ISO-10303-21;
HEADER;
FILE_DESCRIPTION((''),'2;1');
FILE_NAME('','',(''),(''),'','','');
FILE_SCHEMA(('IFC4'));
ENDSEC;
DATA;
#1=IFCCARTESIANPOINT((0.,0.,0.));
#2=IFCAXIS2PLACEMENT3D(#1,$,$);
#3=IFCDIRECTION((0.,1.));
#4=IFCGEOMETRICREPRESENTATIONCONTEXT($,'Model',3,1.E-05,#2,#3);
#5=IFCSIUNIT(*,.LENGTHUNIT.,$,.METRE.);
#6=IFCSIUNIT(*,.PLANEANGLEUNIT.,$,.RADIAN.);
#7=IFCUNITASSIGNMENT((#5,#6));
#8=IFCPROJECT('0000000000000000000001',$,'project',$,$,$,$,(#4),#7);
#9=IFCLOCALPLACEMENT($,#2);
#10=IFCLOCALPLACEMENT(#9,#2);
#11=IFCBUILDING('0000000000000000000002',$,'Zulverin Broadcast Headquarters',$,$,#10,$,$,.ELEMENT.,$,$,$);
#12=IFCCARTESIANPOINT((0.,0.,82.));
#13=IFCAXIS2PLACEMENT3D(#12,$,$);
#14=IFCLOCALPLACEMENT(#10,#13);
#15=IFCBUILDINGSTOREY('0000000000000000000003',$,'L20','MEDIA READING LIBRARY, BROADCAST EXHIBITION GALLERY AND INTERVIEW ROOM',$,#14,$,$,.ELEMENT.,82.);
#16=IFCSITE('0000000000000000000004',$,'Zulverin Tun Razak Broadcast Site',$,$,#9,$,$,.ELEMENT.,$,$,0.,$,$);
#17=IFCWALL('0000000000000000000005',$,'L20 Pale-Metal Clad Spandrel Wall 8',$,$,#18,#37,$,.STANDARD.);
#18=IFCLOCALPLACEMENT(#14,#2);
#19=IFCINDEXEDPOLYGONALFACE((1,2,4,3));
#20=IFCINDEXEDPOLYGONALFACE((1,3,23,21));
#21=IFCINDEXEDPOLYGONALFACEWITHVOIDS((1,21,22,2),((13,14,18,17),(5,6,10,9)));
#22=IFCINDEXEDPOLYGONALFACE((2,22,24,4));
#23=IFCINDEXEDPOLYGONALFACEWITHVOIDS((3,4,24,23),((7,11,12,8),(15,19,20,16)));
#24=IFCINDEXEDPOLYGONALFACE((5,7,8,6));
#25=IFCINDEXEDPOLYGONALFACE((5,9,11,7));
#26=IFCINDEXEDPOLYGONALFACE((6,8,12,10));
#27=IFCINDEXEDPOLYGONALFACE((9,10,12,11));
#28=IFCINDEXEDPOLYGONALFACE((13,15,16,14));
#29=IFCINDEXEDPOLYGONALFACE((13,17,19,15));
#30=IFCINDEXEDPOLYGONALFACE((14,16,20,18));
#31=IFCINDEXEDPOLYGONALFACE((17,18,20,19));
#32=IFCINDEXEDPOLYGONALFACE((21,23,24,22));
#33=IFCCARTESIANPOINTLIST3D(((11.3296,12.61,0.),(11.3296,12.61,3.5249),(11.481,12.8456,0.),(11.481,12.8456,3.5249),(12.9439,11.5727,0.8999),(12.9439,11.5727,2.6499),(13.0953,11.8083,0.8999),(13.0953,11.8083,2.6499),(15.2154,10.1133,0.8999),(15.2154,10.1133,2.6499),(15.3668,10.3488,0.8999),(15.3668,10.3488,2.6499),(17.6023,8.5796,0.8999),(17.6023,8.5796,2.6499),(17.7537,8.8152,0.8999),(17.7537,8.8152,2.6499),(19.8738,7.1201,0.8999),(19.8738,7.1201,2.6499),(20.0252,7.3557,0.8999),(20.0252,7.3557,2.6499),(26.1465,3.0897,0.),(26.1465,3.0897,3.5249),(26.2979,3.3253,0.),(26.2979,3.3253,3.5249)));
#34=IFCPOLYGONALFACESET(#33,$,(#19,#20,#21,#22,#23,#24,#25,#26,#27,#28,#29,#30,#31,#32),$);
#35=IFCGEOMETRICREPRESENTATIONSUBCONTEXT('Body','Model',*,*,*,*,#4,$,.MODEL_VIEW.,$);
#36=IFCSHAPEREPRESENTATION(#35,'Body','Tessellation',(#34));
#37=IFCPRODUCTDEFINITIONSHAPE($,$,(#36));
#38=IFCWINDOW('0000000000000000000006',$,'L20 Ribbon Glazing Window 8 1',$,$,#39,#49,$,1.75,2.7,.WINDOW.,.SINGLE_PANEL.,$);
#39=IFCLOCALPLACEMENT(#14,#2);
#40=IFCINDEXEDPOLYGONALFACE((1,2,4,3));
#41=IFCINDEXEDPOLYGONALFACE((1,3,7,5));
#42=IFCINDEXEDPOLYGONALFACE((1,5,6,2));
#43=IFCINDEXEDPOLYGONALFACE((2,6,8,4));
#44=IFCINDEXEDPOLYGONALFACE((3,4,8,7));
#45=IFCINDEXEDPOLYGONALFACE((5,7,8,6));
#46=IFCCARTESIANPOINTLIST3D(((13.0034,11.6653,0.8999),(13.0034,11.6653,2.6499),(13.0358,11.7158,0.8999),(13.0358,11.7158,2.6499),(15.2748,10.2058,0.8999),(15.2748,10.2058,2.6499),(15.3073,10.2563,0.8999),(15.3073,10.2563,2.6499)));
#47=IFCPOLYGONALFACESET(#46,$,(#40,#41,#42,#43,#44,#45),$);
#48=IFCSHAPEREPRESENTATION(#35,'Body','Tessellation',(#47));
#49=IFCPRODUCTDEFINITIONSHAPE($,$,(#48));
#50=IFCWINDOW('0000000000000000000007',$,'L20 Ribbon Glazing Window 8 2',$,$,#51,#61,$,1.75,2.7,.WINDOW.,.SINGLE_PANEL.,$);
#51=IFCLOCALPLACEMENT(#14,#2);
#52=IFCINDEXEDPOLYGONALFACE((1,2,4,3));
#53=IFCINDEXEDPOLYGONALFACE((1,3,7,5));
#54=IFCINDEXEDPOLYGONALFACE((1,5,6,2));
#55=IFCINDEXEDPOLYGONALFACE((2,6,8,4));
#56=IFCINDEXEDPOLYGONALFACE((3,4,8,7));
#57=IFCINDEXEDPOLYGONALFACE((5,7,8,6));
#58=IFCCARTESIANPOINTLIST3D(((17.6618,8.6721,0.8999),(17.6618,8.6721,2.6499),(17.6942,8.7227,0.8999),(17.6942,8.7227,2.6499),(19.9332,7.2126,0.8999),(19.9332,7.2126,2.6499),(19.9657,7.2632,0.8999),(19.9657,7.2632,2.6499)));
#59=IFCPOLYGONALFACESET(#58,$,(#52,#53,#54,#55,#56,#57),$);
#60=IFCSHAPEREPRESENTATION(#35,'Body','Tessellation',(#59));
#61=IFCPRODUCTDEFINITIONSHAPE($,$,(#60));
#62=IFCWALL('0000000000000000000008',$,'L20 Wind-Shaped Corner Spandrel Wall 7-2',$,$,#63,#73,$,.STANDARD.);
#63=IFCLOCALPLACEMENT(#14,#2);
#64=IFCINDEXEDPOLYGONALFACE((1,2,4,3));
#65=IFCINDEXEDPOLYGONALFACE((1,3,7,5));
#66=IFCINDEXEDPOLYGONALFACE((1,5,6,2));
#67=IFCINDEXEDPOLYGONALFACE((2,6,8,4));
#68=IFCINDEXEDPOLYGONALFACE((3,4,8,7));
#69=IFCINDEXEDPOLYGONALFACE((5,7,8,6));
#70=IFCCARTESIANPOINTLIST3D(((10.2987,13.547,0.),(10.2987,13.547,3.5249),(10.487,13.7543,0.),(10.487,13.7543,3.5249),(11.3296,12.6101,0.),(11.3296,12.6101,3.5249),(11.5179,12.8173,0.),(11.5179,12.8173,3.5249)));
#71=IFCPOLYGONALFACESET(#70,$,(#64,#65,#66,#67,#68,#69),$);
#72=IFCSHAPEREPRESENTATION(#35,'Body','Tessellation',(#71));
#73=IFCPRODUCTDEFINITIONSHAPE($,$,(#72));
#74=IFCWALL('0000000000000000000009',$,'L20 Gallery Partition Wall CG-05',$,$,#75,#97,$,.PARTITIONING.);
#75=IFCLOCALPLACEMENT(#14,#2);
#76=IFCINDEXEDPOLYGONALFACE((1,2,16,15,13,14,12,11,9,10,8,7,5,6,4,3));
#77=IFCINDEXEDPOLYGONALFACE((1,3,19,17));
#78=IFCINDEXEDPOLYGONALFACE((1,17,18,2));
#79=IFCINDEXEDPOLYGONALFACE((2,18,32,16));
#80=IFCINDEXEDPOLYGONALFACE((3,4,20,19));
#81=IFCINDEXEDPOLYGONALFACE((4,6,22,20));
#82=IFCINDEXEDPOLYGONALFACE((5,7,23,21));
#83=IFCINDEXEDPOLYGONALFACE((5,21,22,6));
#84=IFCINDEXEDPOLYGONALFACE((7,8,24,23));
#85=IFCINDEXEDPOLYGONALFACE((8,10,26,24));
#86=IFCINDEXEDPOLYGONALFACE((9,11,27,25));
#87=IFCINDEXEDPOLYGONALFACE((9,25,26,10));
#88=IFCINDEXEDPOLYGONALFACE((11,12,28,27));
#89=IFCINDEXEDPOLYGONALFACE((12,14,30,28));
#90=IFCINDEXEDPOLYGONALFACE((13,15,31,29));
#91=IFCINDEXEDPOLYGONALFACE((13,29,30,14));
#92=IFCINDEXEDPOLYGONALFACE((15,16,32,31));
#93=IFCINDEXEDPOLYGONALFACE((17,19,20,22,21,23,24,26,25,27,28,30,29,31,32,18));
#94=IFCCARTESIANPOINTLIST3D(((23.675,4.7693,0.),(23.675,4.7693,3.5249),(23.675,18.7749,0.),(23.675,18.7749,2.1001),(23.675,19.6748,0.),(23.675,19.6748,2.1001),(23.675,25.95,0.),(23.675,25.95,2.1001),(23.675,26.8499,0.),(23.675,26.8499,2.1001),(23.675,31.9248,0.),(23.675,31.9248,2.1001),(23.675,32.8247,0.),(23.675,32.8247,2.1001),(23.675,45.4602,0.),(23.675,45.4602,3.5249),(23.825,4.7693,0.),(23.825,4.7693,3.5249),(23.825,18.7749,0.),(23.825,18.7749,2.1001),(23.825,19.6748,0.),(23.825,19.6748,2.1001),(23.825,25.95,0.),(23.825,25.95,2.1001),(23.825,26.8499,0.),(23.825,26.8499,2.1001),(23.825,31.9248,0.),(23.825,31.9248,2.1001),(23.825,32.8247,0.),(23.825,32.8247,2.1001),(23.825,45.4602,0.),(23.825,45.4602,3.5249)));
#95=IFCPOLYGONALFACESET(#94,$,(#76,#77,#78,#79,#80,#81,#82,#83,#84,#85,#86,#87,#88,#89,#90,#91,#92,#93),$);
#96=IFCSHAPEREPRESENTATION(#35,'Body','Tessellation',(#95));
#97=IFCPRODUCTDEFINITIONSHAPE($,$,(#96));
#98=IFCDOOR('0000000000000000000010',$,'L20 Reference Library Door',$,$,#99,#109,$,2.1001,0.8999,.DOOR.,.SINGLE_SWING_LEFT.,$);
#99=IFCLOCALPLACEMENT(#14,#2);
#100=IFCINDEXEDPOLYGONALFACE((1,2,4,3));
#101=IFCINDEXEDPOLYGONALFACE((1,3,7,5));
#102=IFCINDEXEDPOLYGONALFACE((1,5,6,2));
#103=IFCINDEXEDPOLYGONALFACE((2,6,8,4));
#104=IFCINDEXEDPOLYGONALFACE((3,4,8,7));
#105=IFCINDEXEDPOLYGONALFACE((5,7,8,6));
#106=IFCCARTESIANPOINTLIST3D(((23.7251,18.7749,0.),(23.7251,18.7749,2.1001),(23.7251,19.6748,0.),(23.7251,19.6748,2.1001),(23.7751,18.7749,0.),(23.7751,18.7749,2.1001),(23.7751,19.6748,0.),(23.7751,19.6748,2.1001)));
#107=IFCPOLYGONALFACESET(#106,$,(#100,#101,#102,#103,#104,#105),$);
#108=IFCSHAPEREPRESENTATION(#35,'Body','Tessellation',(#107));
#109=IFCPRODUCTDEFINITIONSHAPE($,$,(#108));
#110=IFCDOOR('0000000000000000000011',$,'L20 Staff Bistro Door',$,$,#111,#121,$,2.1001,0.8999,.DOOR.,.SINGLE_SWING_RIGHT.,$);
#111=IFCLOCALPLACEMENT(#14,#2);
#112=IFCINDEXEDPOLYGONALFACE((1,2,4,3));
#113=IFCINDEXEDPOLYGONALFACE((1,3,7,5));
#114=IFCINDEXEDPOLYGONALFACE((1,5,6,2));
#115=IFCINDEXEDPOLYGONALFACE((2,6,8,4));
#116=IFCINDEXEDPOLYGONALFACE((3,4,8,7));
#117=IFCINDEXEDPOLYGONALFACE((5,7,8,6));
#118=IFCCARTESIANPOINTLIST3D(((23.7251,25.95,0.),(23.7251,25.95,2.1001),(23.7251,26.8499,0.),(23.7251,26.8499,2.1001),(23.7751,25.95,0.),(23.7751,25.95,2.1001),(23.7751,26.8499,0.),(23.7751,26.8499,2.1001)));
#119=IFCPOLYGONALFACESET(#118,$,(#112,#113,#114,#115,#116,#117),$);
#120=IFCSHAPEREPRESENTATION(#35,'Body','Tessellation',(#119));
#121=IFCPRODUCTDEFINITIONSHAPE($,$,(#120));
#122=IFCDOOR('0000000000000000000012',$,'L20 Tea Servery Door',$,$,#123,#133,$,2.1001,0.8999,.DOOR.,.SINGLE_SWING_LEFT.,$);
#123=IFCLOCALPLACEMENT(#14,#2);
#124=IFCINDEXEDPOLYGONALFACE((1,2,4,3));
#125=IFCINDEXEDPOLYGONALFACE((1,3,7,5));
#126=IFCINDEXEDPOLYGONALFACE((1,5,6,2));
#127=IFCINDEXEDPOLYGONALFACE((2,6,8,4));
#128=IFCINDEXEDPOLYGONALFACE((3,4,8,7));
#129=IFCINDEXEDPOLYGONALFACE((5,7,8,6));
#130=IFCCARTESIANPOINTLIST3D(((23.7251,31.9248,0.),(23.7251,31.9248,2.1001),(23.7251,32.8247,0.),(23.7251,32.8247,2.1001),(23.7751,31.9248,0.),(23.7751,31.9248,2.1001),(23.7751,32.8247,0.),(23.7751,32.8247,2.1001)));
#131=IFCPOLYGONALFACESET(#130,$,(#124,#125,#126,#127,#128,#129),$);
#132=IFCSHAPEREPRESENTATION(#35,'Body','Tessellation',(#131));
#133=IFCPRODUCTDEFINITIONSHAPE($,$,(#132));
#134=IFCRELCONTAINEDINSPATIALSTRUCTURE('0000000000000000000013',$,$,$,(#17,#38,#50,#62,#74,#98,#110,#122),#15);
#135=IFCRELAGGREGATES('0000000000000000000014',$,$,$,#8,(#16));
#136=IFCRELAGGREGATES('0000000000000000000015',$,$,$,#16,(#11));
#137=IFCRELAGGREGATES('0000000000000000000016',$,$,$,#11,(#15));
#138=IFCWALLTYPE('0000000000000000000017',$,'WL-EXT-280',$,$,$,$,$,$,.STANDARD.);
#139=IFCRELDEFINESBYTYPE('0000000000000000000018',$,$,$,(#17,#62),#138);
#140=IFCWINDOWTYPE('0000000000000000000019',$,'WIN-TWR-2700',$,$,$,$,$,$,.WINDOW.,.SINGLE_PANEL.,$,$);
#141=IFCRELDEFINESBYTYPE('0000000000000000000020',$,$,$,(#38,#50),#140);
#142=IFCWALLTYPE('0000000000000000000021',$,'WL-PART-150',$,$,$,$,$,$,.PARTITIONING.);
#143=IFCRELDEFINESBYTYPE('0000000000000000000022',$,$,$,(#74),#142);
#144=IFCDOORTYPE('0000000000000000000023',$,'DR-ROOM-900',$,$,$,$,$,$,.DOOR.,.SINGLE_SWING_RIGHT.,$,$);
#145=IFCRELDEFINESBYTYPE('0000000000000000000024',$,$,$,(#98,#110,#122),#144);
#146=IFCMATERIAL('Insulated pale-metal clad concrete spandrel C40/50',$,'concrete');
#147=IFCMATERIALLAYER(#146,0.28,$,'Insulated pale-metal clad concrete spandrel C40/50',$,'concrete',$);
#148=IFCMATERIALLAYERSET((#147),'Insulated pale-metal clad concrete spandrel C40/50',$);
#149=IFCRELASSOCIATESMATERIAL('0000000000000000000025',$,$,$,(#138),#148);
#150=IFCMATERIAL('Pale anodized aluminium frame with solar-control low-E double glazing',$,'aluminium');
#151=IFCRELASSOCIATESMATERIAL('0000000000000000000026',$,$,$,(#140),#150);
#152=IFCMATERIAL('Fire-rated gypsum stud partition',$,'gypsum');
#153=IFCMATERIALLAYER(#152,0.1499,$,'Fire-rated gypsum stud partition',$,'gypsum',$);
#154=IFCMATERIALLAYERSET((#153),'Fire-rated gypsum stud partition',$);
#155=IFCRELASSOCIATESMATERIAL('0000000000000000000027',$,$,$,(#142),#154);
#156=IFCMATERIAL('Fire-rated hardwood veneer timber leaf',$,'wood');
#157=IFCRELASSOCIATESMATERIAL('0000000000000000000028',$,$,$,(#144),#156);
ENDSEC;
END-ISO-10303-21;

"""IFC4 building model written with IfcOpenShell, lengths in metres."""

from ifc_helpers import new_model, si_unit, direction, frame, frame_2d, origin, place, context, subcontext, project, spatial, rectangle, extrude, material, layer, layer_set, type_object, element, fill, save


model = new_model("IFC4")

# Units and contexts
model_context = context("Model", 3, precision=1e-05, world=origin(), true_north=direction((0.0, 1.0)))
body_context = subcontext(model_context, "Body", "Model", "MODEL_VIEW")
ifc_project = project(units=[si_unit("LENGTHUNIT", "METRE"), si_unit("PLANEANGLEUNIT", "RADIAN")], contexts=[model_context])

# Site, building, storey
site_placement = place(None, origin())
site = spatial("IfcSite", under=ifc_project, at=site_placement, Name="Zulverin Tun Razak Broadcast Site", CompositionType="ELEMENT", RefElevation=0.0)
building_placement = place(site_placement, origin())
building = spatial("IfcBuilding", under=site, at=building_placement, Name="Zulverin Broadcast Headquarters", CompositionType="ELEMENT")
storey_placement = place(building_placement, frame((0.0, 0.0, 82.0)))
storey = spatial("IfcBuildingStorey", under=building, at=storey_placement, Name="L20", Description="MEDIA READING LIBRARY, BROADCAST EXHIBITION GALLERY AND INTERVIEW ROOM", CompositionType="ELEMENT", Elevation=82.0)

# Wall, openings, windows
ifc_material_1 = material(Name="Insulated pale-metal clad concrete spandrel C40/50", Category="concrete")
ifc_layer_1 = layer(ifc_material_1, 0.28, Name="Insulated pale-metal clad concrete spandrel C40/50", Category="concrete")
ifc_layer_set_1 = layer_set([ifc_layer_1], Name="Insulated pale-metal clad concrete spandrel C40/50")
wall_type_1 = type_object("IfcWallType", Name="WL-EXT-280", PredefinedType="STANDARD", material=ifc_layer_set_1)
wall_1_placement = place(storey_placement, frame((11.4053, 12.7278, 0.0), z_axis=(0.0, 0.0, 1.0), x_axis=(0.841305, -0.540561, 0.0)))
wall_1 = element("IfcWall", 1, at=wall_1_placement, inside=storey, type_object=wall_type_1, Name="L20 Pale-Metal Clad Spandrel Wall 8", PredefinedType="STANDARD", context=body_context, shape_type="SweptSolid", body=[
    extrude(rectangle(XDim=17.6118, YDim=0.28, at=frame_2d((8.8059, 0.0))), origin(), (0.0, 0.0, 1.0), 3.5249),
])
opening_1_placement = place(wall_1_placement, frame((1.9187, 0.0, 0.8999)))
opening_1 = element("IfcOpeningElement", 2, at=opening_1_placement, cuts=wall_1, PredefinedType="OPENING", context=body_context, shape_type="SweptSolid", body=[
    extrude(rectangle(XDim=2.7, YDim=1.75, at=frame_2d((1.3501, 0.875))), frame((0.0, 0.1499, 0.0), z_axis=(0.0, -1.0, 0.0), x_axis=(1.0, 0.0, 0.0)), (0.0, 0.0, 1.0), 0.3),
])
opening_2_placement = place(wall_1_placement, frame((7.4558, 0.0, 0.8999)))
opening_2 = element("IfcOpeningElement", 3, at=opening_2_placement, cuts=wall_1, PredefinedType="OPENING", context=body_context, shape_type="SweptSolid", body=[
    extrude(rectangle(XDim=2.7, YDim=1.75, at=frame_2d((1.3501, 0.875))), frame((0.0, 0.1499, 0.0), z_axis=(0.0, -1.0, 0.0), x_axis=(1.0, 0.0, 0.0)), (0.0, 0.0, 1.0), 0.3),
])
ifc_material_2 = material(Name="Pale anodized aluminium frame with solar-control low-E double glazing", Category="aluminium")
window_type = type_object("IfcWindowType", Name="WIN-TWR-2700", PartitioningType="SINGLE_PANEL", PredefinedType="WINDOW", material=ifc_material_2)
window_1_placement = place(opening_1_placement, origin())
window_1 = element("IfcWindow", 4, at=window_1_placement, inside=storey, type_object=window_type, Name="L20 Ribbon Glazing Window 8 1", OverallHeight=1.75, OverallWidth=2.7, PartitioningType="SINGLE_PANEL", PredefinedType="WINDOW", context=body_context, shape_type="SweptSolid", body=[
    extrude(rectangle(XDim=2.7, YDim=1.75, at=frame_2d((1.3501, 0.875))), frame((0.0, 0.03, 0.0), z_axis=(0.0, -1.0, 0.0), x_axis=(1.0, 0.0, 0.0)), (0.0, 0.0, 1.0), 0.0601),
])
fill(opening_1, window_1)
window_2_placement = place(opening_2_placement, origin())
window_2 = element("IfcWindow", 5, at=window_2_placement, inside=storey, type_object=window_type, Name="L20 Ribbon Glazing Window 8 2", OverallHeight=1.75, OverallWidth=2.7, PartitioningType="SINGLE_PANEL", PredefinedType="WINDOW", context=body_context, shape_type="SweptSolid", body=[
    extrude(rectangle(XDim=2.7, YDim=1.75, at=frame_2d((1.3501, 0.875))), frame((0.0, 0.03, 0.0), z_axis=(0.0, -1.0, 0.0), x_axis=(1.0, 0.0, 0.0)), (0.0, 0.0, 1.0), 0.0601),
])
fill(opening_2, window_2)

# Wall
wall_2_placement = place(storey_placement, frame((10.3928, 13.6506, 0.0), z_axis=(0.0, 0.0, 1.0), x_axis=(0.740035, -0.672568, 0.0)))
element("IfcWall", 6, at=wall_2_placement, inside=storey, type_object=wall_type_1, Name="L20 Wind-Shaped Corner Spandrel Wall 7-2", PredefinedType="STANDARD", context=body_context, shape_type="SweptSolid", body=[
    extrude(rectangle(XDim=1.3931, YDim=0.28, at=frame_2d((0.6965, 0.0))), origin(), (0.0, 0.0, 1.0), 3.5249),
])

# Wall, openings, doors
ifc_material_3 = material(Name="Fire-rated gypsum stud partition", Category="gypsum")
ifc_layer_2 = layer(ifc_material_3, 0.1499, Name="Fire-rated gypsum stud partition", Category="gypsum")
ifc_layer_set_2 = layer_set([ifc_layer_2], Name="Fire-rated gypsum stud partition")
wall_type_2 = type_object("IfcWallType", Name="WL-PART-150", PredefinedType="PARTITIONING", material=ifc_layer_set_2)
wall_3_placement = place(storey_placement, frame((23.75, 4.7693, 0.0), z_axis=(0.0, 0.0, 1.0), x_axis=(0.0, 1.0, 0.0)))
wall_3 = element("IfcWall", 7, at=wall_3_placement, inside=storey, type_object=wall_type_2, Name="L20 Gallery Partition Wall CG-05", PredefinedType="PARTITIONING", context=body_context, shape_type="SweptSolid", body=[
    extrude(rectangle(XDim=40.6909, YDim=0.1499, at=frame_2d((20.3455, 0.0))), origin(), (0.0, 0.0, 1.0), 3.5249),
])
opening_3_placement = place(wall_3_placement, frame((14.0056, 0.0, 0.0)))
opening_3 = element("IfcOpeningElement", 8, at=opening_3_placement, cuts=wall_3, PredefinedType="OPENING", context=body_context, shape_type="SweptSolid", body=[
    extrude(rectangle(XDim=0.8999, YDim=2.1001, at=frame_2d((0.45, 1.05))), frame((0.0, 0.085, 0.0), z_axis=(0.0, -1.0, 0.0), x_axis=(1.0, 0.0, 0.0)), (0.0, 0.0, 1.0), 0.1699),
])
opening_4_placement = place(wall_3_placement, frame((21.1807, 0.0, 0.0)))
opening_4 = element("IfcOpeningElement", 9, at=opening_4_placement, cuts=wall_3, PredefinedType="OPENING", context=body_context, shape_type="SweptSolid", body=[
    extrude(rectangle(XDim=0.8999, YDim=2.1001, at=frame_2d((0.45, 1.05))), frame((0.0, 0.085, 0.0), z_axis=(0.0, -1.0, 0.0), x_axis=(1.0, 0.0, 0.0)), (0.0, 0.0, 1.0), 0.1699),
])
opening_5_placement = place(wall_3_placement, frame((27.1555, 0.0, 0.0)))
opening_5 = element("IfcOpeningElement", 10, at=opening_5_placement, cuts=wall_3, PredefinedType="OPENING", context=body_context, shape_type="SweptSolid", body=[
    extrude(rectangle(XDim=0.8999, YDim=2.1001, at=frame_2d((0.45, 1.05))), frame((0.0, 0.085, 0.0), z_axis=(0.0, -1.0, 0.0), x_axis=(1.0, 0.0, 0.0)), (0.0, 0.0, 1.0), 0.1699),
])
ifc_material_4 = material(Name="Fire-rated hardwood veneer timber leaf", Category="wood")
door_type = type_object("IfcDoorType", Name="DR-ROOM-900", OperationType="SINGLE_SWING_RIGHT", PredefinedType="DOOR", material=ifc_material_4)
door_1_placement = place(opening_3_placement, origin())
door_1 = element("IfcDoor", 11, at=door_1_placement, inside=storey, type_object=door_type, Name="L20 Reference Library Door", OperationType="SINGLE_SWING_LEFT", OverallHeight=2.1001, OverallWidth=0.8999, PredefinedType="DOOR", context=body_context, shape_type="SweptSolid", body=[
    extrude(rectangle(XDim=0.8999, YDim=2.1001, at=frame_2d((0.45, 1.05))), frame((0.0, 0.0249, 0.0), z_axis=(0.0, -1.0, 0.0), x_axis=(1.0, 0.0, 0.0)), (0.0, 0.0, 1.0), 0.05),
])
fill(opening_3, door_1)
door_2_placement = place(opening_4_placement, origin())
door_2 = element("IfcDoor", 12, at=door_2_placement, inside=storey, type_object=door_type, Name="L20 Staff Bistro Door", OperationType="SINGLE_SWING_RIGHT", OverallHeight=2.1001, OverallWidth=0.8999, PredefinedType="DOOR", context=body_context, shape_type="SweptSolid", body=[
    extrude(rectangle(XDim=0.8999, YDim=2.1001, at=frame_2d((0.45, 1.05))), frame((0.0, 0.0249, 0.0), z_axis=(0.0, -1.0, 0.0), x_axis=(1.0, 0.0, 0.0)), (0.0, 0.0, 1.0), 0.05),
])
fill(opening_4, door_2)
door_3_placement = place(opening_5_placement, origin())
door_3 = element("IfcDoor", 13, at=door_3_placement, inside=storey, type_object=door_type, Name="L20 Tea Servery Door", OperationType="SINGLE_SWING_LEFT", OverallHeight=2.1001, OverallWidth=0.8999, PredefinedType="DOOR", context=body_context, shape_type="SweptSolid", body=[
    extrude(rectangle(XDim=0.8999, YDim=2.1001, at=frame_2d((0.45, 1.05))), frame((0.0, 0.0249, 0.0), z_axis=(0.0, -1.0, 0.0), x_axis=(1.0, 0.0, 0.0)), (0.0, 0.0, 1.0), 0.05),
])
fill(opening_5, door_3)

save(model, "model.ifc")
